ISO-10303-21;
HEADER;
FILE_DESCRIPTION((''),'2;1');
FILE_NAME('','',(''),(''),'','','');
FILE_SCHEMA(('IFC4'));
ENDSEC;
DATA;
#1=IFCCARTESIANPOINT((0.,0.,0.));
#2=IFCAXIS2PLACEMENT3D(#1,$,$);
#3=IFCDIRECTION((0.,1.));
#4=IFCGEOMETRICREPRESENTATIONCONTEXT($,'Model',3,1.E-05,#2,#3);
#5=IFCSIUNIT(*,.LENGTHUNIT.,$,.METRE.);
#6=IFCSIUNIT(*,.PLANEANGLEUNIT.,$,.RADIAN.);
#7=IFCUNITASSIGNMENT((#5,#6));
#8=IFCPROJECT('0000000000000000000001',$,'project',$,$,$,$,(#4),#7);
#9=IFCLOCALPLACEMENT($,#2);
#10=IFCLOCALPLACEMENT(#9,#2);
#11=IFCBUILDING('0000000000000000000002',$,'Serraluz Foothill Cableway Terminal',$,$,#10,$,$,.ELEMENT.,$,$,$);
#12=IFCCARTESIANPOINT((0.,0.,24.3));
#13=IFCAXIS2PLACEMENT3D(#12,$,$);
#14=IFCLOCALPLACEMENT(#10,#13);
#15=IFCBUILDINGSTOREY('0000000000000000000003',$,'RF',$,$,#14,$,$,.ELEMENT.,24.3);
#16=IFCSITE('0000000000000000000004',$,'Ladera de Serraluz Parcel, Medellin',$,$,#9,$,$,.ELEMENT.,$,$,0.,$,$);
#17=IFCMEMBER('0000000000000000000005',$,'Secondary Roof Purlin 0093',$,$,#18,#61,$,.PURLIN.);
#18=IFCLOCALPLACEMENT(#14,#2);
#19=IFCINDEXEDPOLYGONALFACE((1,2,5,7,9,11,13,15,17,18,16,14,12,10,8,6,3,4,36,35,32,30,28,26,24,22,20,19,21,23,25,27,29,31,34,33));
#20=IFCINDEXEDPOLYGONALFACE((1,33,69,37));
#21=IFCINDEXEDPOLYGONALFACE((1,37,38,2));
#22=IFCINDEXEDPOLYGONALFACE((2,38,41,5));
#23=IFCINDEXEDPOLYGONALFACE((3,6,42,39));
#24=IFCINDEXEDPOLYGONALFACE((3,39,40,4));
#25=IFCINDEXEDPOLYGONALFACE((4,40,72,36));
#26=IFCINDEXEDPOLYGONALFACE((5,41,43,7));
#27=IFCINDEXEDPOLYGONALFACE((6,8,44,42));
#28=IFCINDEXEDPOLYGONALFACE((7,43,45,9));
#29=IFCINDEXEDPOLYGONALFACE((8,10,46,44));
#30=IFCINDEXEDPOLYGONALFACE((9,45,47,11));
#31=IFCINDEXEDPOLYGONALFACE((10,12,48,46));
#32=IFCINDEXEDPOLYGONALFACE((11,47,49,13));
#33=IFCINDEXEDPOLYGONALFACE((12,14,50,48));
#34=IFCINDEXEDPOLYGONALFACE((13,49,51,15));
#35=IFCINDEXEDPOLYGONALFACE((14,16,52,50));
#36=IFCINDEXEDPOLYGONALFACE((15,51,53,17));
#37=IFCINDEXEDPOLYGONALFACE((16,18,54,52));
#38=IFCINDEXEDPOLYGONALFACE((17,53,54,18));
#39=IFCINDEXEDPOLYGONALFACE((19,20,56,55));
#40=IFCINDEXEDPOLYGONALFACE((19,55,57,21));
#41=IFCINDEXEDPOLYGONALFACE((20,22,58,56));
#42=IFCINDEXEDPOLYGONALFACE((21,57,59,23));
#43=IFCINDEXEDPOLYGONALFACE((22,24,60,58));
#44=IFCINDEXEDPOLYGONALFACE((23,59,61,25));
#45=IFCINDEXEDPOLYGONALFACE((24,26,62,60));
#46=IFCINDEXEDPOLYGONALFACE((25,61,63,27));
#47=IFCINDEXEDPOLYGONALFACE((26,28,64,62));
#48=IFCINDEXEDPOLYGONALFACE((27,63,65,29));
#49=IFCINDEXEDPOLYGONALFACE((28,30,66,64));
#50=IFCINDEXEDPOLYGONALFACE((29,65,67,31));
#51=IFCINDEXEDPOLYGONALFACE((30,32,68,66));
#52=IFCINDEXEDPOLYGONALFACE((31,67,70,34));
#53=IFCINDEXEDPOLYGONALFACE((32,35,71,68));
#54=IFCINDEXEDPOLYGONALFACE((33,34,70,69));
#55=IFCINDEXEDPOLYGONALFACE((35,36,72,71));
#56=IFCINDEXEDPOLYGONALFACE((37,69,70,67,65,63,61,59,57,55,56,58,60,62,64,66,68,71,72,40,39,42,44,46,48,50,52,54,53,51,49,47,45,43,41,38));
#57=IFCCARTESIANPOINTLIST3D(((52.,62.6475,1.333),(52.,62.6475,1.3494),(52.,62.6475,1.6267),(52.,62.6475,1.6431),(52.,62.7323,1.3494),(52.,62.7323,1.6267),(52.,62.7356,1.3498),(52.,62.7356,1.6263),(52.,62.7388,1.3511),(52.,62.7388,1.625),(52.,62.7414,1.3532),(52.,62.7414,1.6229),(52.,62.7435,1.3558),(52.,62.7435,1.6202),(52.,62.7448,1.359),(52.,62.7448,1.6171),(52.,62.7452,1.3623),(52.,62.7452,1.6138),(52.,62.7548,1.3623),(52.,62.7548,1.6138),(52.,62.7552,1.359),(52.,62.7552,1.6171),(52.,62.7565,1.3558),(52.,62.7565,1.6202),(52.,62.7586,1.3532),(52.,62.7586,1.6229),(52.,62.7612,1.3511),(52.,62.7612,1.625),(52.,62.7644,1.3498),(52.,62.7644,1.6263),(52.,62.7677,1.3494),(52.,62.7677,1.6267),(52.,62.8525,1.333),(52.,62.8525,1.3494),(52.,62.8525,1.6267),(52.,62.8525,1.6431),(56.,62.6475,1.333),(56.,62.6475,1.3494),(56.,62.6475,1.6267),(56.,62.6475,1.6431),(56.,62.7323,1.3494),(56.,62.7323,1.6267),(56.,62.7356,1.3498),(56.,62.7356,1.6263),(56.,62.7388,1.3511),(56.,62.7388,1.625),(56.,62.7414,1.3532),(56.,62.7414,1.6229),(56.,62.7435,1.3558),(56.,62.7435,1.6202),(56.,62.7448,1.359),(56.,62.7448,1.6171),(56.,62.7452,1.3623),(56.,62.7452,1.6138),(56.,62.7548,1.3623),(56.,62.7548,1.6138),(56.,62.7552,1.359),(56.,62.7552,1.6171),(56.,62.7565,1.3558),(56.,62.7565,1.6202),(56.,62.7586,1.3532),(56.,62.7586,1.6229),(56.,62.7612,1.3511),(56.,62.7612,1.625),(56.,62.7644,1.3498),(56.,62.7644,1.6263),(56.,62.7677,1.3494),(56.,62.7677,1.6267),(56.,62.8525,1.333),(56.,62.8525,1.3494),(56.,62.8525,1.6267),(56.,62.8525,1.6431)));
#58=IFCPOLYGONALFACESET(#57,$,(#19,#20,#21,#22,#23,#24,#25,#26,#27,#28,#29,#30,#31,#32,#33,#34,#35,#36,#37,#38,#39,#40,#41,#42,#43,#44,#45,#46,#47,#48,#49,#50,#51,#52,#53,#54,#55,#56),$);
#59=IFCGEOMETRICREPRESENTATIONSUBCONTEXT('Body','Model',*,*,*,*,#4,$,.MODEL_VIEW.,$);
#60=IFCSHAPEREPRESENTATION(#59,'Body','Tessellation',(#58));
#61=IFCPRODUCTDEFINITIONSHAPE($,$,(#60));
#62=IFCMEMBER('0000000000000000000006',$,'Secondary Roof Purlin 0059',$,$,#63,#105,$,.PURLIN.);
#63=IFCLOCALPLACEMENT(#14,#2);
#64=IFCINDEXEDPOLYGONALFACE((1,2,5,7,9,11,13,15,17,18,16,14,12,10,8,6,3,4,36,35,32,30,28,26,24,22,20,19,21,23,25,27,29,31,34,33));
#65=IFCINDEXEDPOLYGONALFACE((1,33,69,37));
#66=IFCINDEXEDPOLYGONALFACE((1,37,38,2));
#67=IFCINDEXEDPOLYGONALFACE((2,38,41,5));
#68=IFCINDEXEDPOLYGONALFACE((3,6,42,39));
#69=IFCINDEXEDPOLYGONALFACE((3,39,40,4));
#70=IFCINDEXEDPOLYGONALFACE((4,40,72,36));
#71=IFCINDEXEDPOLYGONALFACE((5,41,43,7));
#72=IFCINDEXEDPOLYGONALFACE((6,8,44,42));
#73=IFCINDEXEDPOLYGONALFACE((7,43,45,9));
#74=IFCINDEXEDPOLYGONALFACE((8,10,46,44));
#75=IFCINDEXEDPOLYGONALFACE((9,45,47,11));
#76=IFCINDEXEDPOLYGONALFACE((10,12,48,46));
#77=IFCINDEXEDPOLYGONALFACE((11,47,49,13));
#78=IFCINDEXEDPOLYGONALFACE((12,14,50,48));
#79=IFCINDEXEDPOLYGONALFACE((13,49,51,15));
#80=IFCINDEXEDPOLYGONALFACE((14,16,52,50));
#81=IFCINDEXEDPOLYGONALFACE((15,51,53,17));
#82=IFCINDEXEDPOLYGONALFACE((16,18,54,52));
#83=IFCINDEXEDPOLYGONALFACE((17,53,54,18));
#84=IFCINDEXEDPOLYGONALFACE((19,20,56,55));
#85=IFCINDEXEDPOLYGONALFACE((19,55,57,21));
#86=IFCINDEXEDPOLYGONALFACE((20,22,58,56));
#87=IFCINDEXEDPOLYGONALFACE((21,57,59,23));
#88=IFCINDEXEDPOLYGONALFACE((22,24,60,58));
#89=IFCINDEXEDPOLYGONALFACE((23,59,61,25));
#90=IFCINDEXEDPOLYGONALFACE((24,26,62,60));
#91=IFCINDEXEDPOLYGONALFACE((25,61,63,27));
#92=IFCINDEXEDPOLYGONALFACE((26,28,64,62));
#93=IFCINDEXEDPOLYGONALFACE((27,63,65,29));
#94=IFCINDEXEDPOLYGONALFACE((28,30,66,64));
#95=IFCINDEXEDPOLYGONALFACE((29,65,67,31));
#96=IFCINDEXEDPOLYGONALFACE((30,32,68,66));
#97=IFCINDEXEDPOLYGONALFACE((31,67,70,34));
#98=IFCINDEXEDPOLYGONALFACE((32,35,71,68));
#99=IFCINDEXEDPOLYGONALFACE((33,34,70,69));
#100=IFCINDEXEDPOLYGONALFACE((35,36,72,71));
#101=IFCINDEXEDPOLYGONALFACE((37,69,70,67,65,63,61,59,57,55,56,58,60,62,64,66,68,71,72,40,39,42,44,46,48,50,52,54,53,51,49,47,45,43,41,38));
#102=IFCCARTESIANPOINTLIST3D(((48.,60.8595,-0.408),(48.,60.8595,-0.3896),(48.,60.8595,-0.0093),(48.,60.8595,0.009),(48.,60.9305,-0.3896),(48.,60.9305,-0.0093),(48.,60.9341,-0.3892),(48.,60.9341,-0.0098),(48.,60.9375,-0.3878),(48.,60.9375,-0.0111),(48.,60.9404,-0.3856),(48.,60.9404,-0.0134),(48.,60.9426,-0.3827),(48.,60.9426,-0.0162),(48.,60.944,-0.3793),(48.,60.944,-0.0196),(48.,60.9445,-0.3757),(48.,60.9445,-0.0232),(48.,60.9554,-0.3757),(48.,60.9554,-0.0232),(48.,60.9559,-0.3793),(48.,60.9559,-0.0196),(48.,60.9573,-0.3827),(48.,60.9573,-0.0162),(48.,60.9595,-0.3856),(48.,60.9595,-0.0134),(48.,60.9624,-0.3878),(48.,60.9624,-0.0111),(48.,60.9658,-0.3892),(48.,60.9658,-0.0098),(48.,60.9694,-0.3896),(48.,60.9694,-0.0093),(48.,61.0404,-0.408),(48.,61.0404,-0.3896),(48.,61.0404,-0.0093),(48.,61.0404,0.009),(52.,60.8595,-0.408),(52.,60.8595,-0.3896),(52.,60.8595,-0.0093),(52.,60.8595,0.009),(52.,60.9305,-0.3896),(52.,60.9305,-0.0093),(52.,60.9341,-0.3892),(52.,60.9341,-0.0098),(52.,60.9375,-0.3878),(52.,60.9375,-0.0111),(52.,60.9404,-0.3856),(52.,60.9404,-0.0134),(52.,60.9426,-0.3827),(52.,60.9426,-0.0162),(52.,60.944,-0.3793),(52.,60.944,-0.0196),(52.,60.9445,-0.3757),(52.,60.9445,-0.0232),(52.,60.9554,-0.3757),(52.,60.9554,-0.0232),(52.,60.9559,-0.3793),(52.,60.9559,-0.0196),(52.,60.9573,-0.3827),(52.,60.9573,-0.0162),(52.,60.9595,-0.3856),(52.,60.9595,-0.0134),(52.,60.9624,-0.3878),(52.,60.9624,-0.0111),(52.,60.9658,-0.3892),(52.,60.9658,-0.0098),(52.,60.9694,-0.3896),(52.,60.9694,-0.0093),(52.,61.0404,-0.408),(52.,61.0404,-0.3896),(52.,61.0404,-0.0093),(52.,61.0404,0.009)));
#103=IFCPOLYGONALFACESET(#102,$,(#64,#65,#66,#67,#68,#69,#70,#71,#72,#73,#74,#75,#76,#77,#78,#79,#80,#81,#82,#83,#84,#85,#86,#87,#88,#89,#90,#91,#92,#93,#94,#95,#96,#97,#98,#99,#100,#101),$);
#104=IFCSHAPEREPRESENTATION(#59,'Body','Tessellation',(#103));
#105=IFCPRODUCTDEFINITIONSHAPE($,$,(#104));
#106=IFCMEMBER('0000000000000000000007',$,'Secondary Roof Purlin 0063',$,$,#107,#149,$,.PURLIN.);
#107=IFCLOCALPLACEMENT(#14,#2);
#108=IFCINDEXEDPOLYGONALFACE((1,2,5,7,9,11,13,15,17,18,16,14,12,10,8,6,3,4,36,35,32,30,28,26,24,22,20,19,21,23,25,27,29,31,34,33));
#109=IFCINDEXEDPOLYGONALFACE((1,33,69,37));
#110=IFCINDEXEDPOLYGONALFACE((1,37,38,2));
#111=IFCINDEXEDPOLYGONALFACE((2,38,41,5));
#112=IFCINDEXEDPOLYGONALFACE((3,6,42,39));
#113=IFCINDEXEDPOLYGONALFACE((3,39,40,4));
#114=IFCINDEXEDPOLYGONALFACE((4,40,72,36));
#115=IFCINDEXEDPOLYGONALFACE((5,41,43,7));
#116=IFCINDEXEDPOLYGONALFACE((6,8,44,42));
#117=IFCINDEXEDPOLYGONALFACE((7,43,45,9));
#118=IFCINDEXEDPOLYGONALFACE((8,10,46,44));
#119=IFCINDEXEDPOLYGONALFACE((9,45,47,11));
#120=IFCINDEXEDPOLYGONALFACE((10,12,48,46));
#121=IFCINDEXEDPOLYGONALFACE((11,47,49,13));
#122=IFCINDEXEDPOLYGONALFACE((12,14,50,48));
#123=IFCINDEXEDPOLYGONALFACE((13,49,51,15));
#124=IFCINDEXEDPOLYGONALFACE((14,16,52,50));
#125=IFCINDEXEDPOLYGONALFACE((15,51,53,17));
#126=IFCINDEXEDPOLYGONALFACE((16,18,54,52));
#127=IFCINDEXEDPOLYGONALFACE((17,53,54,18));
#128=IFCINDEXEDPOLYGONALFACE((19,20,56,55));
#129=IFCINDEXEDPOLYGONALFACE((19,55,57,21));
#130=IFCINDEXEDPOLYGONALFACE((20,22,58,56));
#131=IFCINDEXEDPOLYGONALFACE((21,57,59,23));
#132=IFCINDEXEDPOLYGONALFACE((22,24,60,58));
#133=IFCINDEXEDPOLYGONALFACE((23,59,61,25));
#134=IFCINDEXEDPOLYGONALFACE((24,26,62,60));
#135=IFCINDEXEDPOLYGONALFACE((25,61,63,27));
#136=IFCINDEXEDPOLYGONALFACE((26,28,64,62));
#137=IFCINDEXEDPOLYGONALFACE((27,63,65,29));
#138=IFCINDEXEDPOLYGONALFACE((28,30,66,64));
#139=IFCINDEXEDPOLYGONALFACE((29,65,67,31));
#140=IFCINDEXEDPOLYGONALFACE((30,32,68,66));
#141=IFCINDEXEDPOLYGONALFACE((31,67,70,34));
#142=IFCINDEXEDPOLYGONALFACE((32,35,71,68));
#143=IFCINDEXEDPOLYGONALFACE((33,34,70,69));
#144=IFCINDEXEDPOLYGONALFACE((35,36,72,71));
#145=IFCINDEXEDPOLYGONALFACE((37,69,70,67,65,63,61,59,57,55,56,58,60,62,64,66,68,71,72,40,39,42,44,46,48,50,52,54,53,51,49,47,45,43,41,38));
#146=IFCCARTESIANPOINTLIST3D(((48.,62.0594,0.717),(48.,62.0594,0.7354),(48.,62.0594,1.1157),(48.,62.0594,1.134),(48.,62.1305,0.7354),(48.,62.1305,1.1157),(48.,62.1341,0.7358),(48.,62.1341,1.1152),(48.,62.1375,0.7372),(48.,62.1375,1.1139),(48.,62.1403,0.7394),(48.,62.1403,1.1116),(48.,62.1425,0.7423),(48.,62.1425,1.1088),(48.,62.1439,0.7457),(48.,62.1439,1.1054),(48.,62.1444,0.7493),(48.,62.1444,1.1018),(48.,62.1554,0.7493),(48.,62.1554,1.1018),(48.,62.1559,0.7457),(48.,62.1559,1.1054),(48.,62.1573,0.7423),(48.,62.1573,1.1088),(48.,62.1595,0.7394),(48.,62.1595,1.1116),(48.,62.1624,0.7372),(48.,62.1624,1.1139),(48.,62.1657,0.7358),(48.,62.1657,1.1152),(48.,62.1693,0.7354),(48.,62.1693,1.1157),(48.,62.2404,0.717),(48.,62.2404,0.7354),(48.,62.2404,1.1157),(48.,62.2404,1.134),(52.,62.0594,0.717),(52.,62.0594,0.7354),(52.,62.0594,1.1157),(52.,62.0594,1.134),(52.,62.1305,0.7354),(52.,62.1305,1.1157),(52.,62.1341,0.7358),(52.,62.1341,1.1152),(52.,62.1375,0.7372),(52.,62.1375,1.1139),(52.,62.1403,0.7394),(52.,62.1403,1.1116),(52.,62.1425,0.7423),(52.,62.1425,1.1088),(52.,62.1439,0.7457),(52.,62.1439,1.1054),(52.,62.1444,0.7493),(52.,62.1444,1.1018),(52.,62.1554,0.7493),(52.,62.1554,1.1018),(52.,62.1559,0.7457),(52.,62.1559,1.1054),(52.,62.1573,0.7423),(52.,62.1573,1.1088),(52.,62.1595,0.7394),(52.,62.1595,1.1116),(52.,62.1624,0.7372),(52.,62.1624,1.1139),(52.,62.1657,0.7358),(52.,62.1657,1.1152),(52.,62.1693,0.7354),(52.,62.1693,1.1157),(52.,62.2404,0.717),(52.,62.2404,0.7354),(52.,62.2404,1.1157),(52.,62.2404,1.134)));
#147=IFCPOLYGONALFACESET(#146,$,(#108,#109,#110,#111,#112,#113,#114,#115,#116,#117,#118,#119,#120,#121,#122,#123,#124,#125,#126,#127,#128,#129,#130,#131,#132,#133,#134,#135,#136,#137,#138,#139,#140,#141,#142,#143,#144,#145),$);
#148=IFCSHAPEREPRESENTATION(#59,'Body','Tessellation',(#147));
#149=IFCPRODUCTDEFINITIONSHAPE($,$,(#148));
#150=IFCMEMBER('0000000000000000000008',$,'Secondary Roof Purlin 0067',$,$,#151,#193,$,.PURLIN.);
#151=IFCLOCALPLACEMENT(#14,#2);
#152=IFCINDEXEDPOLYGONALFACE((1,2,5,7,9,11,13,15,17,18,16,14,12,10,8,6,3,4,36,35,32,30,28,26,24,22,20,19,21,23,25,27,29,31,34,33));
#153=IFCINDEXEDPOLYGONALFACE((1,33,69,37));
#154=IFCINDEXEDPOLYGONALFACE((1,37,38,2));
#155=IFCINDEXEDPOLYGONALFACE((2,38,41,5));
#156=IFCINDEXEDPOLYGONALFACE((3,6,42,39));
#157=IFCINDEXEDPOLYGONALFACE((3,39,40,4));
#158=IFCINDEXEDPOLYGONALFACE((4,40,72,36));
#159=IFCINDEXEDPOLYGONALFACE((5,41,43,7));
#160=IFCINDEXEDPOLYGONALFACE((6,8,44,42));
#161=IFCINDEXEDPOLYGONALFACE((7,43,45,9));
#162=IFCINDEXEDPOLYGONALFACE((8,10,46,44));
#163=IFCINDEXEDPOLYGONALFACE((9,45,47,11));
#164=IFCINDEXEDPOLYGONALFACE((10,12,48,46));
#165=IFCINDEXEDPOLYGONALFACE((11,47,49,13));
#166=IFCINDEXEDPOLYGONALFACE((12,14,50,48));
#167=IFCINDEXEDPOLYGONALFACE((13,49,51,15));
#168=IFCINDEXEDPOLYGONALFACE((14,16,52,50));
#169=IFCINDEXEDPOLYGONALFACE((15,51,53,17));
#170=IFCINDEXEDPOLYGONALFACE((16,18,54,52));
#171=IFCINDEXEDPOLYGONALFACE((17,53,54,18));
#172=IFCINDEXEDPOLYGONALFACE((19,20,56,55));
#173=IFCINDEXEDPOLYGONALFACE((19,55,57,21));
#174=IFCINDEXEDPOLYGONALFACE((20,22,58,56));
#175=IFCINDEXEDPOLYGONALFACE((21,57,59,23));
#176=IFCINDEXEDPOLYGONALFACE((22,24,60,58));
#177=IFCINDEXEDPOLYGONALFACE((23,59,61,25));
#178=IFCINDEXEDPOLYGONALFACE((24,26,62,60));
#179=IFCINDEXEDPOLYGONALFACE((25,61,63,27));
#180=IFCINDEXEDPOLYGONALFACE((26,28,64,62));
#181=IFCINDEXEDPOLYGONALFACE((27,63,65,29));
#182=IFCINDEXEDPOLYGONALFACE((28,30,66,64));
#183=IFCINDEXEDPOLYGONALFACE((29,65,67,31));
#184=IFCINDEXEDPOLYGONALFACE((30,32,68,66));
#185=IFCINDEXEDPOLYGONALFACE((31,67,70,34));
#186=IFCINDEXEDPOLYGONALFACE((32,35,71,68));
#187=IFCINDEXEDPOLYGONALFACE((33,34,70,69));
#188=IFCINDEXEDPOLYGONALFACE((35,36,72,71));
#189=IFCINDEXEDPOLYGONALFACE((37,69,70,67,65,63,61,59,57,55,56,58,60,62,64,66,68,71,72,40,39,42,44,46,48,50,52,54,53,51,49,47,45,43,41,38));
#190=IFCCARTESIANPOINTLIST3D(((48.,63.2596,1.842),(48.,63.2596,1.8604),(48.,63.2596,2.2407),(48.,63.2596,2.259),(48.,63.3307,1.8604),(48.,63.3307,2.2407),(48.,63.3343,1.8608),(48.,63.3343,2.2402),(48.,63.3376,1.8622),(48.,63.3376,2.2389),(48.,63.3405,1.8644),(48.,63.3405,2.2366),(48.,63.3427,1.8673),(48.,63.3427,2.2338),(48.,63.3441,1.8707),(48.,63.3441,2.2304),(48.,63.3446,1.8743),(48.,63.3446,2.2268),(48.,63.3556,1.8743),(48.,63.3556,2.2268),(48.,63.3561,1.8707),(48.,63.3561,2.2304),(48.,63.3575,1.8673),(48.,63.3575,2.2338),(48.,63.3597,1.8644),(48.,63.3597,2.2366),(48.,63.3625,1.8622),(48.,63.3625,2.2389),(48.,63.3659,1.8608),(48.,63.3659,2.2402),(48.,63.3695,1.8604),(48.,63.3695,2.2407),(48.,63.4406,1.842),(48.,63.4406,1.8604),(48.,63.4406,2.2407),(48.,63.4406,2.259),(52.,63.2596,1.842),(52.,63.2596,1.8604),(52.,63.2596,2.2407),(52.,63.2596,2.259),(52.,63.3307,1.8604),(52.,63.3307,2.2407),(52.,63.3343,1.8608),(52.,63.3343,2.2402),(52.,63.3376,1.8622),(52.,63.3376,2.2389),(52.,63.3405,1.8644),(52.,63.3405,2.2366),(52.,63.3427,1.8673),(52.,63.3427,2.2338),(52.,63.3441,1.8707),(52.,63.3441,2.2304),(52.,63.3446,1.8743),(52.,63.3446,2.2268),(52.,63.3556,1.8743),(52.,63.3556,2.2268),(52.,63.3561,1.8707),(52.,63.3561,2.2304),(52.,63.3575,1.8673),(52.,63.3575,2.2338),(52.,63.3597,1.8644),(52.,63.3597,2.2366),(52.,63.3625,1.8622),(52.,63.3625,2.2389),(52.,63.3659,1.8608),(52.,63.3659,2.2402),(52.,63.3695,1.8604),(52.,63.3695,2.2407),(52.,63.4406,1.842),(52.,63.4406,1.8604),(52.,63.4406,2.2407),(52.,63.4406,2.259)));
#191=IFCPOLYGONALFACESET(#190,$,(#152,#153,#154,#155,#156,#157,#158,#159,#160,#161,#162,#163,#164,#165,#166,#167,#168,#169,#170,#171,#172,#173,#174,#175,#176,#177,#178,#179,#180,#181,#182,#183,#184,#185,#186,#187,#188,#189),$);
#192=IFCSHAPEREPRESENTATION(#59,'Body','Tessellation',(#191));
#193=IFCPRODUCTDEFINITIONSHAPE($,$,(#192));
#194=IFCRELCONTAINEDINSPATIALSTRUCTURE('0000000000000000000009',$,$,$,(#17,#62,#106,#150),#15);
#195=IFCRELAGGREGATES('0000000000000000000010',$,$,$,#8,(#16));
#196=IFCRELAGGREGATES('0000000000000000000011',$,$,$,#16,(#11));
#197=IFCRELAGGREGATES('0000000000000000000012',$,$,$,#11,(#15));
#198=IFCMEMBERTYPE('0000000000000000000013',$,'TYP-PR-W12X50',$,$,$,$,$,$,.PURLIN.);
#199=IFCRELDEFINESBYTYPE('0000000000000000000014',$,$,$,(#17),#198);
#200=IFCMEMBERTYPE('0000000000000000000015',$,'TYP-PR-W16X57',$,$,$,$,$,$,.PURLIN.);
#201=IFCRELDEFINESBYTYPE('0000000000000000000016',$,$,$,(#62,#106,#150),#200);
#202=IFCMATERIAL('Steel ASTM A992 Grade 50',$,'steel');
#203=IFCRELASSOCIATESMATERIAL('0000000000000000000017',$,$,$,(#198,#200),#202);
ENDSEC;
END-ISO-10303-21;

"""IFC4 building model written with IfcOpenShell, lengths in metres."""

from ifc_helpers import new_model, si_unit, direction, frame, origin, origin_2d, place, context, subcontext, project, spatial, i_section, extrude, material, material_profile, profile_set, type_object, element, save


model = new_model("IFC4")

# Units and contexts
model_context = context("Model", 3, precision=1e-05, world=origin(), true_north=direction((0.0, 1.0)))
body_context = subcontext(model_context, "Body", "Model", "MODEL_VIEW")
ifc_project = project(units=[si_unit("LENGTHUNIT", "METRE"), si_unit("PLANEANGLEUNIT", "RADIAN")], contexts=[model_context])

# Site, building, storey
site_placement = place(None, origin())
site = spatial("IfcSite", under=ifc_project, at=site_placement, Name="Ladera de Serraluz Parcel, Medellin", CompositionType="ELEMENT", RefElevation=0.0)
building_placement = place(site_placement, origin())
building = spatial("IfcBuilding", under=site, at=building_placement, Name="Serraluz Foothill Cableway Terminal", CompositionType="ELEMENT")
storey_placement = place(building_placement, frame((0.0, 0.0, 24.3)))
storey = spatial("IfcBuildingStorey", under=building, at=storey_placement, Name="RF", CompositionType="ELEMENT", Elevation=24.3)

# Members
ifc_material_1 = material(Name="Steel ASTM A992 Grade 50", Category="steel")
ifc_material_profile_1 = material_profile(ifc_material_1, i_section(OverallWidth=0.2051, OverallDepth=0.3101, WebThickness=0.0095, FlangeThickness=0.0164, FilletRadius=0.0129, at=origin_2d()), Name="W12X50")
ifc_profile_set_1 = profile_set([ifc_material_profile_1], Name="Steel ASTM A992 Grade 50")
member_type_1 = type_object("IfcMemberType", Name="TYP-PR-W12X50", PredefinedType="PURLIN", material=ifc_profile_set_1)
for number, where, z_axis, x_axis, name in (
    (1, (52.0, 62.75, 1.488), (1.0, 0.0, 0.0), (0.0, 1.0, 0.0), "Secondary Roof Purlin 0093"),
):
    element("IfcMember", number, at=place(storey_placement, frame(where, z_axis=z_axis, x_axis=x_axis)), inside=storey, type_object=member_type_1, Name=name, PredefinedType="PURLIN", context=body_context, shape_type="SweptSolid", body=[
        extrude(i_section(OverallWidth=0.2051, OverallDepth=0.3101, WebThickness=0.0095, FlangeThickness=0.0164, FilletRadius=0.0129, at=origin_2d()), origin(), (0.0, 0.0, 1.0), 4.0),
    ])
ifc_material_profile_2 = material_profile(ifc_material_1, i_section(OverallWidth=0.1809, OverallDepth=0.417, WebThickness=0.011, FlangeThickness=0.0183, FilletRadius=0.0139, at=origin_2d()), Name="W16X57")
ifc_profile_set_2 = profile_set([ifc_material_profile_2], Name="Steel ASTM A992 Grade 50")
member_type_2 = type_object("IfcMemberType", Name="TYP-PR-W16X57", PredefinedType="PURLIN", material=ifc_profile_set_2)
for number, where, z_axis, x_axis, name in (
    (2, (48.0, 60.95, -0.1995), (1.0, 0.0, 0.0), (0.0, 1.0, 0.0), "Secondary Roof Purlin 0059"),
    (3, (48.0, 62.1499, 0.9255), (1.0, 0.0, 0.0), (0.0, 1.0, 0.0), "Secondary Roof Purlin 0063"),
    (4, (48.0, 63.3501, 2.0505), (1.0, 0.0, 0.0), (0.0, 1.0, 0.0), "Secondary Roof Purlin 0067"),
):
    element("IfcMember", number, at=place(storey_placement, frame(where, z_axis=z_axis, x_axis=x_axis)), inside=storey, type_object=member_type_2, Name=name, PredefinedType="PURLIN", context=body_context, shape_type="SweptSolid", body=[
        extrude(i_section(OverallWidth=0.1809, OverallDepth=0.417, WebThickness=0.011, FlangeThickness=0.0183, FilletRadius=0.0139, at=origin_2d()), origin(), (0.0, 0.0, 1.0), 4.0),
    ])

save(model, "model.ifc")
